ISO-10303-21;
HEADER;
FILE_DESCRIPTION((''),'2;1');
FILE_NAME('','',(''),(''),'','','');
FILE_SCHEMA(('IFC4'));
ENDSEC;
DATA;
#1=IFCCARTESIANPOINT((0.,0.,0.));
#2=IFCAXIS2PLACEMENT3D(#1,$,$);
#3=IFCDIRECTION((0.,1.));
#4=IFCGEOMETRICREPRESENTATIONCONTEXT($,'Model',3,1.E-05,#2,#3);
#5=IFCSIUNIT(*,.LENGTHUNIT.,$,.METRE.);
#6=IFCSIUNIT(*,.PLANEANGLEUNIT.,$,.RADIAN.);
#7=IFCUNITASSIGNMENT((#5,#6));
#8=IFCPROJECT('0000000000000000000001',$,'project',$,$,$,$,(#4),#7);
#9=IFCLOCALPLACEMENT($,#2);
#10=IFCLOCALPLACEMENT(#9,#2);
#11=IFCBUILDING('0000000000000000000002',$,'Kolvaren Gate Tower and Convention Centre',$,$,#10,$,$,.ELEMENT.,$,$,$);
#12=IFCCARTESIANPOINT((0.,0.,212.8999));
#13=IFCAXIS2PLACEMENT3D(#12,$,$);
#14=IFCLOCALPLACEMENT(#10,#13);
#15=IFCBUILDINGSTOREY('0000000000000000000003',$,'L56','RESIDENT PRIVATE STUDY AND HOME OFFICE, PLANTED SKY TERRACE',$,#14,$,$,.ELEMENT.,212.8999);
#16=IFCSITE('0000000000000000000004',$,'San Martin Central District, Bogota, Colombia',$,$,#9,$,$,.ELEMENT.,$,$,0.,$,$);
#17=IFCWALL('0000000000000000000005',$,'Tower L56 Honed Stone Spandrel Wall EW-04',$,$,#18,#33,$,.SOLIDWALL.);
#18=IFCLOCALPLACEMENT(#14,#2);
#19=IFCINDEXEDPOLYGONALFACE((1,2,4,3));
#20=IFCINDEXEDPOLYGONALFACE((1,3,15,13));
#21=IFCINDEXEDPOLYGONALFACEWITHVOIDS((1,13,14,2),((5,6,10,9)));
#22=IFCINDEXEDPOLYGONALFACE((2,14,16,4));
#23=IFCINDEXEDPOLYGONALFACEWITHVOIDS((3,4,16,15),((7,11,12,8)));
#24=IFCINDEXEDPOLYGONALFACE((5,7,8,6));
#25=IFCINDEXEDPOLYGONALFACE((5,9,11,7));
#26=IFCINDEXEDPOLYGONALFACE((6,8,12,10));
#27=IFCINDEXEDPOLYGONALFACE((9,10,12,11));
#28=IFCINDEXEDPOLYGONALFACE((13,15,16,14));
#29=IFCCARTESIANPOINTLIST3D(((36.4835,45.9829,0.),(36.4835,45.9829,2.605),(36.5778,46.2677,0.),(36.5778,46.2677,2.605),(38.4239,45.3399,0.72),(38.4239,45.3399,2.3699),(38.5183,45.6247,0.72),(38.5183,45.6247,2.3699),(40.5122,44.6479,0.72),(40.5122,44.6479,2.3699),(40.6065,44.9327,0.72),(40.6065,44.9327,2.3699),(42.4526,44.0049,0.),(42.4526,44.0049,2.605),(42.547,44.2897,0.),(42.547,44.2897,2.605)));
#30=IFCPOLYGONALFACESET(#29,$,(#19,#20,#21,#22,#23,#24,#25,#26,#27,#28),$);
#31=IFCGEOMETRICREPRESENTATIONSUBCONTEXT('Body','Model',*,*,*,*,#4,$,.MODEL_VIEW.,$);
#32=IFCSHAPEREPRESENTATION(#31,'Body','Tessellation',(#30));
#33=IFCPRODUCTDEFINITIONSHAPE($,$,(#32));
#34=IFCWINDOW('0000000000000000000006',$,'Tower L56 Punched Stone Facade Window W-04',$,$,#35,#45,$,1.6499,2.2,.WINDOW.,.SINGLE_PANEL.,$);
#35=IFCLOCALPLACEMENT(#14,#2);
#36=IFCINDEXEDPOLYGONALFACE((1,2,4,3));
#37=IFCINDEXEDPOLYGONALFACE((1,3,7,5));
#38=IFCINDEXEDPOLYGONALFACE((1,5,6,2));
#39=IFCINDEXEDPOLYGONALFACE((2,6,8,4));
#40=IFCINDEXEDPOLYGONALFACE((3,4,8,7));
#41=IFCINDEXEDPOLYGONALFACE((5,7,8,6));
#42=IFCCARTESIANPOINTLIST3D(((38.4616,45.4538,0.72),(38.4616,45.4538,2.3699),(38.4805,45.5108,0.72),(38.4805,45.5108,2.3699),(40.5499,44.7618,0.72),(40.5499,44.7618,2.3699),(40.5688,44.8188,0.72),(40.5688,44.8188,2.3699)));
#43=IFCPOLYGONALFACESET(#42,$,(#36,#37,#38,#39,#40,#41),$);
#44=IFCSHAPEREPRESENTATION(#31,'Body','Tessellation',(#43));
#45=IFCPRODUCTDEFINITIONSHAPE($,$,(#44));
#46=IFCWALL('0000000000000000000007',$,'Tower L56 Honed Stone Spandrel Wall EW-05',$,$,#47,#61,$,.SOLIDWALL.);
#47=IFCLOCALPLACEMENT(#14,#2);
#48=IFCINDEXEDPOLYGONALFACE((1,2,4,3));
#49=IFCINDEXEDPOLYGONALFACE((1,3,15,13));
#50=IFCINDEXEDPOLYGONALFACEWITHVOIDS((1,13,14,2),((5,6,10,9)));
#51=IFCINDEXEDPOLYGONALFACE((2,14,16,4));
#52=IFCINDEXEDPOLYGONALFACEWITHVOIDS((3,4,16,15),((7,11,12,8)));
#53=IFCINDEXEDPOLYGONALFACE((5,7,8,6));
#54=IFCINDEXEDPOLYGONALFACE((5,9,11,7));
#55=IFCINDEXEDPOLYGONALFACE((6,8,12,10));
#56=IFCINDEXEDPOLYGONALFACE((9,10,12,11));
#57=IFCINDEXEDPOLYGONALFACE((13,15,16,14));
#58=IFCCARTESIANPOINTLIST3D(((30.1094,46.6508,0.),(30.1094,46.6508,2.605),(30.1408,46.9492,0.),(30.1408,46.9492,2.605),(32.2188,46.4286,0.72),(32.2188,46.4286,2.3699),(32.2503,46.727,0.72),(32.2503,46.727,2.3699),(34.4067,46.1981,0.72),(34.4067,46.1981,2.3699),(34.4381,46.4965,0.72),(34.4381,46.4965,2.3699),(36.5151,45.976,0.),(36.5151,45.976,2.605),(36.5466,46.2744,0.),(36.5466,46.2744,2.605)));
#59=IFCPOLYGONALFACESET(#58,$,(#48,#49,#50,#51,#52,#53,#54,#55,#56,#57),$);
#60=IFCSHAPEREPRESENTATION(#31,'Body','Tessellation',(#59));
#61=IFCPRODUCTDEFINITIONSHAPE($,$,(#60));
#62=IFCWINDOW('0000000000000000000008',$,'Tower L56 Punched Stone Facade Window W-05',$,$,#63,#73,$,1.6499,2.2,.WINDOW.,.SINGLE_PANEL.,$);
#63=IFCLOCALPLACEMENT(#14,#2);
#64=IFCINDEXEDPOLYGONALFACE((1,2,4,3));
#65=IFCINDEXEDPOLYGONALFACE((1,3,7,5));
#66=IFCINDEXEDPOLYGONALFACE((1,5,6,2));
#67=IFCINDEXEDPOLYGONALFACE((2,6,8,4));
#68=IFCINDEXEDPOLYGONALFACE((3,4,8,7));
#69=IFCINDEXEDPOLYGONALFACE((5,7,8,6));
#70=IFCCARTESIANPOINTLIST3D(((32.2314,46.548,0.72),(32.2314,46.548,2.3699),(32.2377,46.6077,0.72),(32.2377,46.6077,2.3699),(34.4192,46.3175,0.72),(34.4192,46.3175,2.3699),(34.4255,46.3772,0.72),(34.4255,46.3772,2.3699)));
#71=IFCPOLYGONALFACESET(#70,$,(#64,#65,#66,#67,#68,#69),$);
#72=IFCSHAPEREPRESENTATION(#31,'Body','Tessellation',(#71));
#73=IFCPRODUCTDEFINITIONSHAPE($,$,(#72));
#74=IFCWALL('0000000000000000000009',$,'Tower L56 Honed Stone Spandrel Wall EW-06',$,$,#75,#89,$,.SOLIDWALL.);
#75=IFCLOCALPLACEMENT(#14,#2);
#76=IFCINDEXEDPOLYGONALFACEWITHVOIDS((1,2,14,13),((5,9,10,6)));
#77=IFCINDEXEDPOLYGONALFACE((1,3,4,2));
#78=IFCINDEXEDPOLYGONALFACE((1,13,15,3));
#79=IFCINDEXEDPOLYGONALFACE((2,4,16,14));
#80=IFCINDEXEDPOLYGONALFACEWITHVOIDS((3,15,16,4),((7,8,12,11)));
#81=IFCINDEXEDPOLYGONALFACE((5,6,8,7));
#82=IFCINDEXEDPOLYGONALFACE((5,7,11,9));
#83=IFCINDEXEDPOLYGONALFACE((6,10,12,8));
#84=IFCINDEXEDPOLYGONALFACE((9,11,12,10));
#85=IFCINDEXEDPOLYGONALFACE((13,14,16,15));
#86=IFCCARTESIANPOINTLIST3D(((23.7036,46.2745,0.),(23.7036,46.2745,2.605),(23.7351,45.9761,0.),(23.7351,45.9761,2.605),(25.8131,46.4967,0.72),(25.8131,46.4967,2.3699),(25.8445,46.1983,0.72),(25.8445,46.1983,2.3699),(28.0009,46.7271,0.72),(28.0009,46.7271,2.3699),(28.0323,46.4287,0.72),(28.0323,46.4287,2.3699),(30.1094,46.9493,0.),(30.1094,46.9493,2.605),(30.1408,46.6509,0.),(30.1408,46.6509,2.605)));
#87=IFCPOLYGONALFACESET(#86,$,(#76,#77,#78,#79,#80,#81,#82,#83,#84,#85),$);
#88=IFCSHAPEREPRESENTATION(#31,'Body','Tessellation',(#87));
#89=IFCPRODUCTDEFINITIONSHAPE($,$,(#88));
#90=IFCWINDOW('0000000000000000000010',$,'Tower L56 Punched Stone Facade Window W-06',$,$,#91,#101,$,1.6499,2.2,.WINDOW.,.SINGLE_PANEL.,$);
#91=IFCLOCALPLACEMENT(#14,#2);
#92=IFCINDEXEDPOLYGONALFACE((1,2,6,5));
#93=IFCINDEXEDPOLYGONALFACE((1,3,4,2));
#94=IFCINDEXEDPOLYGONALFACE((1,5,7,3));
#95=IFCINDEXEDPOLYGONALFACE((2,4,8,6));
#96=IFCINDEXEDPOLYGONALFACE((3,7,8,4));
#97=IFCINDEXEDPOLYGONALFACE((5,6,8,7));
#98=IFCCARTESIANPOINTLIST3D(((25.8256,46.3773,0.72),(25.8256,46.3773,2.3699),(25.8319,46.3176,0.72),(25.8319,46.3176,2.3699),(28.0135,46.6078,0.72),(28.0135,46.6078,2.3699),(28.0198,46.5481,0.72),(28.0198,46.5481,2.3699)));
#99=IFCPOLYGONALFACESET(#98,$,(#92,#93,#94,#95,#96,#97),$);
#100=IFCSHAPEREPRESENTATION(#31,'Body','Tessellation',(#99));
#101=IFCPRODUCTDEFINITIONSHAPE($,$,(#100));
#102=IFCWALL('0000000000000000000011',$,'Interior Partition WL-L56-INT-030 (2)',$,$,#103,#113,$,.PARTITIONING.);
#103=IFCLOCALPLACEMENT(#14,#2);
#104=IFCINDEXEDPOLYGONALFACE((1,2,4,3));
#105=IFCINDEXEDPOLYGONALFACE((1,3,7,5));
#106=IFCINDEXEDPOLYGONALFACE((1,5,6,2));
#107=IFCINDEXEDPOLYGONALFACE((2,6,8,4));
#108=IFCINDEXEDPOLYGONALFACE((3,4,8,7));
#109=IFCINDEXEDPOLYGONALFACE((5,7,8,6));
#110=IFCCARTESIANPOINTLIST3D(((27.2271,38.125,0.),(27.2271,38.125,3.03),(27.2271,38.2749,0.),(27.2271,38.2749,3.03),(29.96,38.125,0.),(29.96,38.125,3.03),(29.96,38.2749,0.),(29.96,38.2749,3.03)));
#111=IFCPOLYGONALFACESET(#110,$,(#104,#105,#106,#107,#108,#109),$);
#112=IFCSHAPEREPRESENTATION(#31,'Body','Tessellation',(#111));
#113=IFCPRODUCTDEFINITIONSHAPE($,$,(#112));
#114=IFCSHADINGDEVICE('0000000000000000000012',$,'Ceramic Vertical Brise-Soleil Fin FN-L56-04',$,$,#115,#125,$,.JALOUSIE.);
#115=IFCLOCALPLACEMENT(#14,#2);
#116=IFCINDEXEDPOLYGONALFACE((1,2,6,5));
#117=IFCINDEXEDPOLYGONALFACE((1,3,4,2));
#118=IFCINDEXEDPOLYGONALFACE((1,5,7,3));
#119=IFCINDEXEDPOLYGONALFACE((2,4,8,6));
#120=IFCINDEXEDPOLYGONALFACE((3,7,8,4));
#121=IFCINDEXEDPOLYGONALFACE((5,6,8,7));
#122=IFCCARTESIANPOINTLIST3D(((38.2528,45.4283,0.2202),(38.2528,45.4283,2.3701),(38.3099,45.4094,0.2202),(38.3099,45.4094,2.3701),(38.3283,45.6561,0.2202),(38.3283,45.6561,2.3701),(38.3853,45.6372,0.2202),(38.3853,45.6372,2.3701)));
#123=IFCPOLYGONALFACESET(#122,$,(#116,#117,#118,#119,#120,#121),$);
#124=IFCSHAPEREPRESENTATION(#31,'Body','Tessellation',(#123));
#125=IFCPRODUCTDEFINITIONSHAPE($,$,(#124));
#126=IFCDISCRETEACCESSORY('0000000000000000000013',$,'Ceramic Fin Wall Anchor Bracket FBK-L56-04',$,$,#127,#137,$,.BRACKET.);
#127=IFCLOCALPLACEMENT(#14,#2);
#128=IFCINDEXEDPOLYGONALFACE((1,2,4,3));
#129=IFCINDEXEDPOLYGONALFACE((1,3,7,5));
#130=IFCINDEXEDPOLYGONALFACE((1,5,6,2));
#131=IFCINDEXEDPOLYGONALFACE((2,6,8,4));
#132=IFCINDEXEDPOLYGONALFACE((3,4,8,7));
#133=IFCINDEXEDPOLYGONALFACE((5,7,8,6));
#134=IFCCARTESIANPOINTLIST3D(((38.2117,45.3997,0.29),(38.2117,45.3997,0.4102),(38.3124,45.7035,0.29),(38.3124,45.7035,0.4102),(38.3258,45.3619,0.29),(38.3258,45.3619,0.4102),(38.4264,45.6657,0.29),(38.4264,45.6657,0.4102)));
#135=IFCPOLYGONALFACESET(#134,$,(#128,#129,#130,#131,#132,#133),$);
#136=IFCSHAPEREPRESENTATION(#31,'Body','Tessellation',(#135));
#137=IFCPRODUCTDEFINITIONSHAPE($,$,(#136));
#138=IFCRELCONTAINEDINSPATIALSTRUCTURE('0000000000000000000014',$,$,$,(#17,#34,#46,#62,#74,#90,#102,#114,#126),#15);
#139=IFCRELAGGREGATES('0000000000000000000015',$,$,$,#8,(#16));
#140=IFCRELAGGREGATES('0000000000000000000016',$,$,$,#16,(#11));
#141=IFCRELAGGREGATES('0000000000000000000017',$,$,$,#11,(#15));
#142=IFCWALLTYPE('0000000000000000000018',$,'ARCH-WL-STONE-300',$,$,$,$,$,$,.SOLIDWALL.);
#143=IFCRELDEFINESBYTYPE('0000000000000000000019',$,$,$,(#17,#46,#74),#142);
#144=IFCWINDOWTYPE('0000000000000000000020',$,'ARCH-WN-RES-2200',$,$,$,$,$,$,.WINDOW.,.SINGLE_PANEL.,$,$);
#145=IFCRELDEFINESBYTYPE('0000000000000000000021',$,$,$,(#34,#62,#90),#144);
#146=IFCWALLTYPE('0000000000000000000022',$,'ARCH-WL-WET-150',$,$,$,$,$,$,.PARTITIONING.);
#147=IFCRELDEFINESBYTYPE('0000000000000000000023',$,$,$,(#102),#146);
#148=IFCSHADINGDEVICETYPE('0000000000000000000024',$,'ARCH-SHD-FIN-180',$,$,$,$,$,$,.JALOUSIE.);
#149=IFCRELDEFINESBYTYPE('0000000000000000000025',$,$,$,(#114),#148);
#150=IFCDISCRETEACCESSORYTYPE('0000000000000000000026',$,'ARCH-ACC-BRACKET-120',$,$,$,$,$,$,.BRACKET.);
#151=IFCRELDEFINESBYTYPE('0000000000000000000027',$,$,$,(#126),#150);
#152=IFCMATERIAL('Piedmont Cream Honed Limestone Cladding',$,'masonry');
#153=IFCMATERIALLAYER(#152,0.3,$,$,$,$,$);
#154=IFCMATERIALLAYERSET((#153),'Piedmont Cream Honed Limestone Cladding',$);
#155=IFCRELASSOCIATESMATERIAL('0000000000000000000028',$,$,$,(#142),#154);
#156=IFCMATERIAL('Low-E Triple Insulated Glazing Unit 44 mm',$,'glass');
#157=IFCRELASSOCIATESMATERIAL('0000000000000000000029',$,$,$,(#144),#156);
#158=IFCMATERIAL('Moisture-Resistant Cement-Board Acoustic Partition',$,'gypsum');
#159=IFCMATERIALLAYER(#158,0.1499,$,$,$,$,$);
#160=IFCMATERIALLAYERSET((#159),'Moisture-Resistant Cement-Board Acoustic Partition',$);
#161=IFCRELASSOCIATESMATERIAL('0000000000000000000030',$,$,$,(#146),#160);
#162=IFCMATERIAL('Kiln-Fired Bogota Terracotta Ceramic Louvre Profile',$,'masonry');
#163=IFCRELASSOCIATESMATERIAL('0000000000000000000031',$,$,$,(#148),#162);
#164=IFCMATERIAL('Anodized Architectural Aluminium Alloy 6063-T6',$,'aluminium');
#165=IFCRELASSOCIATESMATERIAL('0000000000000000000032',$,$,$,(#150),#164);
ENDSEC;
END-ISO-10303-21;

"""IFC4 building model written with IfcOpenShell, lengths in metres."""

from ifc_helpers import new_model, si_unit, direction, frame, frame_2d, origin, origin_2d, place, context, subcontext, project, spatial, rectangle, extrude, material, layer, layer_set, type_object, element, fill, save


model = new_model("IFC4")

# Units and contexts
model_context = context("Model", 3, precision=1e-05, world=origin(), true_north=direction((0.0, 1.0)))
body_context = subcontext(model_context, "Body", "Model", "MODEL_VIEW")
ifc_project = project(units=[si_unit("LENGTHUNIT", "METRE"), si_unit("PLANEANGLEUNIT", "RADIAN")], contexts=[model_context])

# Site, building, storey
site_placement = place(None, origin())
site = spatial("IfcSite", under=ifc_project, at=site_placement, Name="San Martin Central District, Bogota, Colombia", CompositionType="ELEMENT", RefElevation=0.0)
building_placement = place(site_placement, origin())
building = spatial("IfcBuilding", under=site, at=building_placement, Name="Kolvaren Gate Tower and Convention Centre", CompositionType="ELEMENT")
storey_placement = place(building_placement, frame((0.0, 0.0, 212.8999)))
storey = spatial("IfcBuildingStorey", under=building, at=storey_placement, Name="L56", Description="RESIDENT PRIVATE STUDY AND HOME OFFICE, PLANTED SKY TERRACE", CompositionType="ELEMENT", Elevation=212.8999)

# Shared definitions
ifc_material_1 = material(Name="Piedmont Cream Honed Limestone Cladding", Category="masonry")

# Walls, openings, windows
ifc_layer_1 = layer(ifc_material_1, 0.3)
ifc_layer_set_1 = layer_set([ifc_layer_1], Name="Piedmont Cream Honed Limestone Cladding")
wall_type_1 = type_object("IfcWallType", Name="ARCH-WL-STONE-300", PredefinedType="SOLIDWALL", material=ifc_layer_set_1)
wall_1_placement = place(storey_placement, frame((36.5308, 46.1252, 0.0), z_axis=(0.0, 0.0, 1.0), x_axis=(0.949241, -0.31455, 0.0)))
wall_1 = element("IfcWall", 1, at=wall_1_placement, inside=storey, type_object=wall_type_1, Name="Tower L56 Honed Stone Spandrel Wall EW-04", PredefinedType="SOLIDWALL", context=body_context, shape_type="SweptSolid", body=[
    extrude(rectangle(XDim=6.2883, YDim=0.3, at=frame_2d((3.144, 0.0))), origin(), (0.0, 0.0, 1.0), 2.605),
])
opening_1_placement = place(wall_1_placement, frame((2.0439, 0.0, 0.72)))
opening_1 = element("IfcOpeningElement", 2, at=opening_1_placement, cuts=wall_1, PredefinedType="OPENING", context=body_context, shape_type="SweptSolid", body=[
    extrude(rectangle(XDim=2.2, YDim=1.6499, at=frame_2d((1.1001, 0.825))), frame((0.0, 0.1599, 0.0), z_axis=(0.0, -1.0, 0.0), x_axis=(1.0, 0.0, 0.0)), (0.0, 0.0, 1.0), 0.3201),
])
ifc_material_2 = material(Name="Low-E Triple Insulated Glazing Unit 44 mm", Category="glass")
window_type = type_object("IfcWindowType", Name="ARCH-WN-RES-2200", PartitioningType="SINGLE_PANEL", PredefinedType="WINDOW", material=ifc_material_2)
window_1_placement = place(opening_1_placement, origin())
window_1 = element("IfcWindow", 3, at=window_1_placement, inside=storey, type_object=window_type, Name="Tower L56 Punched Stone Facade Window W-04", OverallHeight=1.6499, OverallWidth=2.2, PartitioningType="SINGLE_PANEL", PredefinedType="WINDOW", context=body_context, shape_type="SweptSolid", body=[
    extrude(rectangle(XDim=2.2, YDim=1.6499, at=frame_2d((1.1001, 0.825))), frame((0.0, 0.03, 0.0), z_axis=(0.0, -1.0, 0.0), x_axis=(1.0, 0.0, 0.0)), (0.0, 0.0, 1.0), 0.0601),
])
fill(opening_1, window_1)
wall_2_placement = place(storey_placement, frame((30.125, 46.8, 0.0), z_axis=(0.0, 0.0, 1.0), x_axis=(0.994497, -0.104764, 0.0)))
wall_2 = element("IfcWall", 4, at=wall_2_placement, inside=storey, type_object=wall_type_1, Name="Tower L56 Honed Stone Spandrel Wall EW-05", PredefinedType="SOLIDWALL", context=body_context, shape_type="SweptSolid", body=[
    extrude(rectangle(XDim=6.4412, YDim=0.3, at=frame_2d((3.2207, 0.0))), origin(), (0.0, 0.0, 1.0), 2.605),
])
opening_2_placement = place(wall_2_placement, frame((2.1211, 0.0, 0.72)))
opening_2 = element("IfcOpeningElement", 5, at=opening_2_placement, cuts=wall_2, PredefinedType="OPENING", context=body_context, shape_type="SweptSolid", body=[
    extrude(rectangle(XDim=2.2, YDim=1.6499, at=frame_2d((1.1001, 0.825))), frame((0.0, 0.1599, 0.0), z_axis=(0.0, -1.0, 0.0), x_axis=(1.0, 0.0, 0.0)), (0.0, 0.0, 1.0), 0.3201),
])
window_2_placement = place(opening_2_placement, origin())
window_2 = element("IfcWindow", 6, at=window_2_placement, inside=storey, type_object=window_type, Name="Tower L56 Punched Stone Facade Window W-05", OverallHeight=1.6499, OverallWidth=2.2, PartitioningType="SINGLE_PANEL", PredefinedType="WINDOW", context=body_context, shape_type="SweptSolid", body=[
    extrude(rectangle(XDim=2.2, YDim=1.6499, at=frame_2d((1.1001, 0.825))), frame((0.0, 0.03, 0.0), z_axis=(0.0, -1.0, 0.0), x_axis=(1.0, 0.0, 0.0)), (0.0, 0.0, 1.0), 0.0601),
])
fill(opening_2, window_2)
wall_3_placement = place(storey_placement, frame((23.7192, 46.1252, 0.0), z_axis=(0.0, 0.0, 1.0), x_axis=(0.994497, 0.104764, 0.0)))
wall_3 = element("IfcWall", 7, at=wall_3_placement, inside=storey, type_object=wall_type_1, Name="Tower L56 Honed Stone Spandrel Wall EW-06", PredefinedType="SOLIDWALL", context=body_context, shape_type="SweptSolid", body=[
    extrude(rectangle(XDim=6.4412, YDim=0.3, at=frame_2d((3.2207, 0.0))), origin(), (0.0, 0.0, 1.0), 2.605),
])
opening_3_placement = place(wall_3_placement, frame((2.1211, 0.0, 0.72)))
opening_3 = element("IfcOpeningElement", 8, at=opening_3_placement, cuts=wall_3, PredefinedType="OPENING", context=body_context, shape_type="SweptSolid", body=[
    extrude(rectangle(XDim=2.2, YDim=1.6499, at=frame_2d((1.1001, 0.825))), frame((0.0, 0.1599, 0.0), z_axis=(0.0, -1.0, 0.0), x_axis=(1.0, 0.0, 0.0)), (0.0, 0.0, 1.0), 0.3201),
])
window_3_placement = place(opening_3_placement, origin())
window_3 = element("IfcWindow", 9, at=window_3_placement, inside=storey, type_object=window_type, Name="Tower L56 Punched Stone Facade Window W-06", OverallHeight=1.6499, OverallWidth=2.2, PartitioningType="SINGLE_PANEL", PredefinedType="WINDOW", context=body_context, shape_type="SweptSolid", body=[
    extrude(rectangle(XDim=2.2, YDim=1.6499, at=frame_2d((1.1001, 0.825))), frame((0.0, 0.03, 0.0), z_axis=(0.0, -1.0, 0.0), x_axis=(1.0, 0.0, 0.0)), (0.0, 0.0, 1.0), 0.0601),
])
fill(opening_3, window_3)

# Wall
ifc_material_3 = material(Name="Moisture-Resistant Cement-Board Acoustic Partition", Category="gypsum")
ifc_layer_2 = layer(ifc_material_3, 0.1499)
ifc_layer_set_2 = layer_set([ifc_layer_2], Name="Moisture-Resistant Cement-Board Acoustic Partition")
wall_type_2 = type_object("IfcWallType", Name="ARCH-WL-WET-150", PredefinedType="PARTITIONING", material=ifc_layer_set_2)
wall_4_placement = place(storey_placement, frame((27.2271, 38.2, 0.0), z_axis=(0.0, 0.0, 1.0), x_axis=(1.0, 0.0, 0.0)))
element("IfcWall", 10, at=wall_4_placement, inside=storey, type_object=wall_type_2, Name="Interior Partition WL-L56-INT-030 (2)", PredefinedType="PARTITIONING", context=body_context, shape_type="SweptSolid", body=[
    extrude(rectangle(XDim=2.7329, YDim=0.1499, at=frame_2d((1.3665, 0.0))), origin(), (0.0, 0.0, 1.0), 3.03),
])

# Shading device
ifc_material_4 = material(Name="Kiln-Fired Bogota Terracotta Ceramic Louvre Profile", Category="masonry")
shading_device_type = type_object("IfcShadingDeviceType", Name="ARCH-SHD-FIN-180", PredefinedType="JALOUSIE", material=ifc_material_4)
shading_device_placement = place(storey_placement, frame((38.3191, 45.5327, 0.2202), z_axis=(0.0, 0.0, 1.0), x_axis=(0.949242, -0.314548, 0.0)))
element("IfcShadingDevice", 11, at=shading_device_placement, inside=storey, type_object=shading_device_type, Name="Ceramic Vertical Brise-Soleil Fin FN-L56-04", PredefinedType="JALOUSIE", context=body_context, shape_type="SweptSolid", body=[
    extrude(rectangle(XDim=0.0601, YDim=0.24, at=origin_2d()), origin(), (0.0, 0.0, 1.0), 2.1499),
])

# Discrete accessory
ifc_material_5 = material(Name="Anodized Architectural Aluminium Alloy 6063-T6", Category="aluminium")
discrete_accessory_type = type_object("IfcDiscreteAccessoryType", Name="ARCH-ACC-BRACKET-120", PredefinedType="BRACKET", material=ifc_material_5)
discrete_accessory_placement = place(storey_placement, frame((38.3191, 45.5327, 0.29), z_axis=(0.0, 0.0, 1.0), x_axis=(0.949242, -0.314548, 0.0)))
element("IfcDiscreteAccessory", 12, at=discrete_accessory_placement, inside=storey, type_object=discrete_accessory_type, Name="Ceramic Fin Wall Anchor Bracket FBK-L56-04", PredefinedType="BRACKET", context=body_context, shape_type="SweptSolid", body=[
    extrude(rectangle(XDim=0.1201, YDim=0.3201, at=origin_2d()), origin(), (0.0, 0.0, 1.0), 0.1201),
])

save(model, "model.ifc")
